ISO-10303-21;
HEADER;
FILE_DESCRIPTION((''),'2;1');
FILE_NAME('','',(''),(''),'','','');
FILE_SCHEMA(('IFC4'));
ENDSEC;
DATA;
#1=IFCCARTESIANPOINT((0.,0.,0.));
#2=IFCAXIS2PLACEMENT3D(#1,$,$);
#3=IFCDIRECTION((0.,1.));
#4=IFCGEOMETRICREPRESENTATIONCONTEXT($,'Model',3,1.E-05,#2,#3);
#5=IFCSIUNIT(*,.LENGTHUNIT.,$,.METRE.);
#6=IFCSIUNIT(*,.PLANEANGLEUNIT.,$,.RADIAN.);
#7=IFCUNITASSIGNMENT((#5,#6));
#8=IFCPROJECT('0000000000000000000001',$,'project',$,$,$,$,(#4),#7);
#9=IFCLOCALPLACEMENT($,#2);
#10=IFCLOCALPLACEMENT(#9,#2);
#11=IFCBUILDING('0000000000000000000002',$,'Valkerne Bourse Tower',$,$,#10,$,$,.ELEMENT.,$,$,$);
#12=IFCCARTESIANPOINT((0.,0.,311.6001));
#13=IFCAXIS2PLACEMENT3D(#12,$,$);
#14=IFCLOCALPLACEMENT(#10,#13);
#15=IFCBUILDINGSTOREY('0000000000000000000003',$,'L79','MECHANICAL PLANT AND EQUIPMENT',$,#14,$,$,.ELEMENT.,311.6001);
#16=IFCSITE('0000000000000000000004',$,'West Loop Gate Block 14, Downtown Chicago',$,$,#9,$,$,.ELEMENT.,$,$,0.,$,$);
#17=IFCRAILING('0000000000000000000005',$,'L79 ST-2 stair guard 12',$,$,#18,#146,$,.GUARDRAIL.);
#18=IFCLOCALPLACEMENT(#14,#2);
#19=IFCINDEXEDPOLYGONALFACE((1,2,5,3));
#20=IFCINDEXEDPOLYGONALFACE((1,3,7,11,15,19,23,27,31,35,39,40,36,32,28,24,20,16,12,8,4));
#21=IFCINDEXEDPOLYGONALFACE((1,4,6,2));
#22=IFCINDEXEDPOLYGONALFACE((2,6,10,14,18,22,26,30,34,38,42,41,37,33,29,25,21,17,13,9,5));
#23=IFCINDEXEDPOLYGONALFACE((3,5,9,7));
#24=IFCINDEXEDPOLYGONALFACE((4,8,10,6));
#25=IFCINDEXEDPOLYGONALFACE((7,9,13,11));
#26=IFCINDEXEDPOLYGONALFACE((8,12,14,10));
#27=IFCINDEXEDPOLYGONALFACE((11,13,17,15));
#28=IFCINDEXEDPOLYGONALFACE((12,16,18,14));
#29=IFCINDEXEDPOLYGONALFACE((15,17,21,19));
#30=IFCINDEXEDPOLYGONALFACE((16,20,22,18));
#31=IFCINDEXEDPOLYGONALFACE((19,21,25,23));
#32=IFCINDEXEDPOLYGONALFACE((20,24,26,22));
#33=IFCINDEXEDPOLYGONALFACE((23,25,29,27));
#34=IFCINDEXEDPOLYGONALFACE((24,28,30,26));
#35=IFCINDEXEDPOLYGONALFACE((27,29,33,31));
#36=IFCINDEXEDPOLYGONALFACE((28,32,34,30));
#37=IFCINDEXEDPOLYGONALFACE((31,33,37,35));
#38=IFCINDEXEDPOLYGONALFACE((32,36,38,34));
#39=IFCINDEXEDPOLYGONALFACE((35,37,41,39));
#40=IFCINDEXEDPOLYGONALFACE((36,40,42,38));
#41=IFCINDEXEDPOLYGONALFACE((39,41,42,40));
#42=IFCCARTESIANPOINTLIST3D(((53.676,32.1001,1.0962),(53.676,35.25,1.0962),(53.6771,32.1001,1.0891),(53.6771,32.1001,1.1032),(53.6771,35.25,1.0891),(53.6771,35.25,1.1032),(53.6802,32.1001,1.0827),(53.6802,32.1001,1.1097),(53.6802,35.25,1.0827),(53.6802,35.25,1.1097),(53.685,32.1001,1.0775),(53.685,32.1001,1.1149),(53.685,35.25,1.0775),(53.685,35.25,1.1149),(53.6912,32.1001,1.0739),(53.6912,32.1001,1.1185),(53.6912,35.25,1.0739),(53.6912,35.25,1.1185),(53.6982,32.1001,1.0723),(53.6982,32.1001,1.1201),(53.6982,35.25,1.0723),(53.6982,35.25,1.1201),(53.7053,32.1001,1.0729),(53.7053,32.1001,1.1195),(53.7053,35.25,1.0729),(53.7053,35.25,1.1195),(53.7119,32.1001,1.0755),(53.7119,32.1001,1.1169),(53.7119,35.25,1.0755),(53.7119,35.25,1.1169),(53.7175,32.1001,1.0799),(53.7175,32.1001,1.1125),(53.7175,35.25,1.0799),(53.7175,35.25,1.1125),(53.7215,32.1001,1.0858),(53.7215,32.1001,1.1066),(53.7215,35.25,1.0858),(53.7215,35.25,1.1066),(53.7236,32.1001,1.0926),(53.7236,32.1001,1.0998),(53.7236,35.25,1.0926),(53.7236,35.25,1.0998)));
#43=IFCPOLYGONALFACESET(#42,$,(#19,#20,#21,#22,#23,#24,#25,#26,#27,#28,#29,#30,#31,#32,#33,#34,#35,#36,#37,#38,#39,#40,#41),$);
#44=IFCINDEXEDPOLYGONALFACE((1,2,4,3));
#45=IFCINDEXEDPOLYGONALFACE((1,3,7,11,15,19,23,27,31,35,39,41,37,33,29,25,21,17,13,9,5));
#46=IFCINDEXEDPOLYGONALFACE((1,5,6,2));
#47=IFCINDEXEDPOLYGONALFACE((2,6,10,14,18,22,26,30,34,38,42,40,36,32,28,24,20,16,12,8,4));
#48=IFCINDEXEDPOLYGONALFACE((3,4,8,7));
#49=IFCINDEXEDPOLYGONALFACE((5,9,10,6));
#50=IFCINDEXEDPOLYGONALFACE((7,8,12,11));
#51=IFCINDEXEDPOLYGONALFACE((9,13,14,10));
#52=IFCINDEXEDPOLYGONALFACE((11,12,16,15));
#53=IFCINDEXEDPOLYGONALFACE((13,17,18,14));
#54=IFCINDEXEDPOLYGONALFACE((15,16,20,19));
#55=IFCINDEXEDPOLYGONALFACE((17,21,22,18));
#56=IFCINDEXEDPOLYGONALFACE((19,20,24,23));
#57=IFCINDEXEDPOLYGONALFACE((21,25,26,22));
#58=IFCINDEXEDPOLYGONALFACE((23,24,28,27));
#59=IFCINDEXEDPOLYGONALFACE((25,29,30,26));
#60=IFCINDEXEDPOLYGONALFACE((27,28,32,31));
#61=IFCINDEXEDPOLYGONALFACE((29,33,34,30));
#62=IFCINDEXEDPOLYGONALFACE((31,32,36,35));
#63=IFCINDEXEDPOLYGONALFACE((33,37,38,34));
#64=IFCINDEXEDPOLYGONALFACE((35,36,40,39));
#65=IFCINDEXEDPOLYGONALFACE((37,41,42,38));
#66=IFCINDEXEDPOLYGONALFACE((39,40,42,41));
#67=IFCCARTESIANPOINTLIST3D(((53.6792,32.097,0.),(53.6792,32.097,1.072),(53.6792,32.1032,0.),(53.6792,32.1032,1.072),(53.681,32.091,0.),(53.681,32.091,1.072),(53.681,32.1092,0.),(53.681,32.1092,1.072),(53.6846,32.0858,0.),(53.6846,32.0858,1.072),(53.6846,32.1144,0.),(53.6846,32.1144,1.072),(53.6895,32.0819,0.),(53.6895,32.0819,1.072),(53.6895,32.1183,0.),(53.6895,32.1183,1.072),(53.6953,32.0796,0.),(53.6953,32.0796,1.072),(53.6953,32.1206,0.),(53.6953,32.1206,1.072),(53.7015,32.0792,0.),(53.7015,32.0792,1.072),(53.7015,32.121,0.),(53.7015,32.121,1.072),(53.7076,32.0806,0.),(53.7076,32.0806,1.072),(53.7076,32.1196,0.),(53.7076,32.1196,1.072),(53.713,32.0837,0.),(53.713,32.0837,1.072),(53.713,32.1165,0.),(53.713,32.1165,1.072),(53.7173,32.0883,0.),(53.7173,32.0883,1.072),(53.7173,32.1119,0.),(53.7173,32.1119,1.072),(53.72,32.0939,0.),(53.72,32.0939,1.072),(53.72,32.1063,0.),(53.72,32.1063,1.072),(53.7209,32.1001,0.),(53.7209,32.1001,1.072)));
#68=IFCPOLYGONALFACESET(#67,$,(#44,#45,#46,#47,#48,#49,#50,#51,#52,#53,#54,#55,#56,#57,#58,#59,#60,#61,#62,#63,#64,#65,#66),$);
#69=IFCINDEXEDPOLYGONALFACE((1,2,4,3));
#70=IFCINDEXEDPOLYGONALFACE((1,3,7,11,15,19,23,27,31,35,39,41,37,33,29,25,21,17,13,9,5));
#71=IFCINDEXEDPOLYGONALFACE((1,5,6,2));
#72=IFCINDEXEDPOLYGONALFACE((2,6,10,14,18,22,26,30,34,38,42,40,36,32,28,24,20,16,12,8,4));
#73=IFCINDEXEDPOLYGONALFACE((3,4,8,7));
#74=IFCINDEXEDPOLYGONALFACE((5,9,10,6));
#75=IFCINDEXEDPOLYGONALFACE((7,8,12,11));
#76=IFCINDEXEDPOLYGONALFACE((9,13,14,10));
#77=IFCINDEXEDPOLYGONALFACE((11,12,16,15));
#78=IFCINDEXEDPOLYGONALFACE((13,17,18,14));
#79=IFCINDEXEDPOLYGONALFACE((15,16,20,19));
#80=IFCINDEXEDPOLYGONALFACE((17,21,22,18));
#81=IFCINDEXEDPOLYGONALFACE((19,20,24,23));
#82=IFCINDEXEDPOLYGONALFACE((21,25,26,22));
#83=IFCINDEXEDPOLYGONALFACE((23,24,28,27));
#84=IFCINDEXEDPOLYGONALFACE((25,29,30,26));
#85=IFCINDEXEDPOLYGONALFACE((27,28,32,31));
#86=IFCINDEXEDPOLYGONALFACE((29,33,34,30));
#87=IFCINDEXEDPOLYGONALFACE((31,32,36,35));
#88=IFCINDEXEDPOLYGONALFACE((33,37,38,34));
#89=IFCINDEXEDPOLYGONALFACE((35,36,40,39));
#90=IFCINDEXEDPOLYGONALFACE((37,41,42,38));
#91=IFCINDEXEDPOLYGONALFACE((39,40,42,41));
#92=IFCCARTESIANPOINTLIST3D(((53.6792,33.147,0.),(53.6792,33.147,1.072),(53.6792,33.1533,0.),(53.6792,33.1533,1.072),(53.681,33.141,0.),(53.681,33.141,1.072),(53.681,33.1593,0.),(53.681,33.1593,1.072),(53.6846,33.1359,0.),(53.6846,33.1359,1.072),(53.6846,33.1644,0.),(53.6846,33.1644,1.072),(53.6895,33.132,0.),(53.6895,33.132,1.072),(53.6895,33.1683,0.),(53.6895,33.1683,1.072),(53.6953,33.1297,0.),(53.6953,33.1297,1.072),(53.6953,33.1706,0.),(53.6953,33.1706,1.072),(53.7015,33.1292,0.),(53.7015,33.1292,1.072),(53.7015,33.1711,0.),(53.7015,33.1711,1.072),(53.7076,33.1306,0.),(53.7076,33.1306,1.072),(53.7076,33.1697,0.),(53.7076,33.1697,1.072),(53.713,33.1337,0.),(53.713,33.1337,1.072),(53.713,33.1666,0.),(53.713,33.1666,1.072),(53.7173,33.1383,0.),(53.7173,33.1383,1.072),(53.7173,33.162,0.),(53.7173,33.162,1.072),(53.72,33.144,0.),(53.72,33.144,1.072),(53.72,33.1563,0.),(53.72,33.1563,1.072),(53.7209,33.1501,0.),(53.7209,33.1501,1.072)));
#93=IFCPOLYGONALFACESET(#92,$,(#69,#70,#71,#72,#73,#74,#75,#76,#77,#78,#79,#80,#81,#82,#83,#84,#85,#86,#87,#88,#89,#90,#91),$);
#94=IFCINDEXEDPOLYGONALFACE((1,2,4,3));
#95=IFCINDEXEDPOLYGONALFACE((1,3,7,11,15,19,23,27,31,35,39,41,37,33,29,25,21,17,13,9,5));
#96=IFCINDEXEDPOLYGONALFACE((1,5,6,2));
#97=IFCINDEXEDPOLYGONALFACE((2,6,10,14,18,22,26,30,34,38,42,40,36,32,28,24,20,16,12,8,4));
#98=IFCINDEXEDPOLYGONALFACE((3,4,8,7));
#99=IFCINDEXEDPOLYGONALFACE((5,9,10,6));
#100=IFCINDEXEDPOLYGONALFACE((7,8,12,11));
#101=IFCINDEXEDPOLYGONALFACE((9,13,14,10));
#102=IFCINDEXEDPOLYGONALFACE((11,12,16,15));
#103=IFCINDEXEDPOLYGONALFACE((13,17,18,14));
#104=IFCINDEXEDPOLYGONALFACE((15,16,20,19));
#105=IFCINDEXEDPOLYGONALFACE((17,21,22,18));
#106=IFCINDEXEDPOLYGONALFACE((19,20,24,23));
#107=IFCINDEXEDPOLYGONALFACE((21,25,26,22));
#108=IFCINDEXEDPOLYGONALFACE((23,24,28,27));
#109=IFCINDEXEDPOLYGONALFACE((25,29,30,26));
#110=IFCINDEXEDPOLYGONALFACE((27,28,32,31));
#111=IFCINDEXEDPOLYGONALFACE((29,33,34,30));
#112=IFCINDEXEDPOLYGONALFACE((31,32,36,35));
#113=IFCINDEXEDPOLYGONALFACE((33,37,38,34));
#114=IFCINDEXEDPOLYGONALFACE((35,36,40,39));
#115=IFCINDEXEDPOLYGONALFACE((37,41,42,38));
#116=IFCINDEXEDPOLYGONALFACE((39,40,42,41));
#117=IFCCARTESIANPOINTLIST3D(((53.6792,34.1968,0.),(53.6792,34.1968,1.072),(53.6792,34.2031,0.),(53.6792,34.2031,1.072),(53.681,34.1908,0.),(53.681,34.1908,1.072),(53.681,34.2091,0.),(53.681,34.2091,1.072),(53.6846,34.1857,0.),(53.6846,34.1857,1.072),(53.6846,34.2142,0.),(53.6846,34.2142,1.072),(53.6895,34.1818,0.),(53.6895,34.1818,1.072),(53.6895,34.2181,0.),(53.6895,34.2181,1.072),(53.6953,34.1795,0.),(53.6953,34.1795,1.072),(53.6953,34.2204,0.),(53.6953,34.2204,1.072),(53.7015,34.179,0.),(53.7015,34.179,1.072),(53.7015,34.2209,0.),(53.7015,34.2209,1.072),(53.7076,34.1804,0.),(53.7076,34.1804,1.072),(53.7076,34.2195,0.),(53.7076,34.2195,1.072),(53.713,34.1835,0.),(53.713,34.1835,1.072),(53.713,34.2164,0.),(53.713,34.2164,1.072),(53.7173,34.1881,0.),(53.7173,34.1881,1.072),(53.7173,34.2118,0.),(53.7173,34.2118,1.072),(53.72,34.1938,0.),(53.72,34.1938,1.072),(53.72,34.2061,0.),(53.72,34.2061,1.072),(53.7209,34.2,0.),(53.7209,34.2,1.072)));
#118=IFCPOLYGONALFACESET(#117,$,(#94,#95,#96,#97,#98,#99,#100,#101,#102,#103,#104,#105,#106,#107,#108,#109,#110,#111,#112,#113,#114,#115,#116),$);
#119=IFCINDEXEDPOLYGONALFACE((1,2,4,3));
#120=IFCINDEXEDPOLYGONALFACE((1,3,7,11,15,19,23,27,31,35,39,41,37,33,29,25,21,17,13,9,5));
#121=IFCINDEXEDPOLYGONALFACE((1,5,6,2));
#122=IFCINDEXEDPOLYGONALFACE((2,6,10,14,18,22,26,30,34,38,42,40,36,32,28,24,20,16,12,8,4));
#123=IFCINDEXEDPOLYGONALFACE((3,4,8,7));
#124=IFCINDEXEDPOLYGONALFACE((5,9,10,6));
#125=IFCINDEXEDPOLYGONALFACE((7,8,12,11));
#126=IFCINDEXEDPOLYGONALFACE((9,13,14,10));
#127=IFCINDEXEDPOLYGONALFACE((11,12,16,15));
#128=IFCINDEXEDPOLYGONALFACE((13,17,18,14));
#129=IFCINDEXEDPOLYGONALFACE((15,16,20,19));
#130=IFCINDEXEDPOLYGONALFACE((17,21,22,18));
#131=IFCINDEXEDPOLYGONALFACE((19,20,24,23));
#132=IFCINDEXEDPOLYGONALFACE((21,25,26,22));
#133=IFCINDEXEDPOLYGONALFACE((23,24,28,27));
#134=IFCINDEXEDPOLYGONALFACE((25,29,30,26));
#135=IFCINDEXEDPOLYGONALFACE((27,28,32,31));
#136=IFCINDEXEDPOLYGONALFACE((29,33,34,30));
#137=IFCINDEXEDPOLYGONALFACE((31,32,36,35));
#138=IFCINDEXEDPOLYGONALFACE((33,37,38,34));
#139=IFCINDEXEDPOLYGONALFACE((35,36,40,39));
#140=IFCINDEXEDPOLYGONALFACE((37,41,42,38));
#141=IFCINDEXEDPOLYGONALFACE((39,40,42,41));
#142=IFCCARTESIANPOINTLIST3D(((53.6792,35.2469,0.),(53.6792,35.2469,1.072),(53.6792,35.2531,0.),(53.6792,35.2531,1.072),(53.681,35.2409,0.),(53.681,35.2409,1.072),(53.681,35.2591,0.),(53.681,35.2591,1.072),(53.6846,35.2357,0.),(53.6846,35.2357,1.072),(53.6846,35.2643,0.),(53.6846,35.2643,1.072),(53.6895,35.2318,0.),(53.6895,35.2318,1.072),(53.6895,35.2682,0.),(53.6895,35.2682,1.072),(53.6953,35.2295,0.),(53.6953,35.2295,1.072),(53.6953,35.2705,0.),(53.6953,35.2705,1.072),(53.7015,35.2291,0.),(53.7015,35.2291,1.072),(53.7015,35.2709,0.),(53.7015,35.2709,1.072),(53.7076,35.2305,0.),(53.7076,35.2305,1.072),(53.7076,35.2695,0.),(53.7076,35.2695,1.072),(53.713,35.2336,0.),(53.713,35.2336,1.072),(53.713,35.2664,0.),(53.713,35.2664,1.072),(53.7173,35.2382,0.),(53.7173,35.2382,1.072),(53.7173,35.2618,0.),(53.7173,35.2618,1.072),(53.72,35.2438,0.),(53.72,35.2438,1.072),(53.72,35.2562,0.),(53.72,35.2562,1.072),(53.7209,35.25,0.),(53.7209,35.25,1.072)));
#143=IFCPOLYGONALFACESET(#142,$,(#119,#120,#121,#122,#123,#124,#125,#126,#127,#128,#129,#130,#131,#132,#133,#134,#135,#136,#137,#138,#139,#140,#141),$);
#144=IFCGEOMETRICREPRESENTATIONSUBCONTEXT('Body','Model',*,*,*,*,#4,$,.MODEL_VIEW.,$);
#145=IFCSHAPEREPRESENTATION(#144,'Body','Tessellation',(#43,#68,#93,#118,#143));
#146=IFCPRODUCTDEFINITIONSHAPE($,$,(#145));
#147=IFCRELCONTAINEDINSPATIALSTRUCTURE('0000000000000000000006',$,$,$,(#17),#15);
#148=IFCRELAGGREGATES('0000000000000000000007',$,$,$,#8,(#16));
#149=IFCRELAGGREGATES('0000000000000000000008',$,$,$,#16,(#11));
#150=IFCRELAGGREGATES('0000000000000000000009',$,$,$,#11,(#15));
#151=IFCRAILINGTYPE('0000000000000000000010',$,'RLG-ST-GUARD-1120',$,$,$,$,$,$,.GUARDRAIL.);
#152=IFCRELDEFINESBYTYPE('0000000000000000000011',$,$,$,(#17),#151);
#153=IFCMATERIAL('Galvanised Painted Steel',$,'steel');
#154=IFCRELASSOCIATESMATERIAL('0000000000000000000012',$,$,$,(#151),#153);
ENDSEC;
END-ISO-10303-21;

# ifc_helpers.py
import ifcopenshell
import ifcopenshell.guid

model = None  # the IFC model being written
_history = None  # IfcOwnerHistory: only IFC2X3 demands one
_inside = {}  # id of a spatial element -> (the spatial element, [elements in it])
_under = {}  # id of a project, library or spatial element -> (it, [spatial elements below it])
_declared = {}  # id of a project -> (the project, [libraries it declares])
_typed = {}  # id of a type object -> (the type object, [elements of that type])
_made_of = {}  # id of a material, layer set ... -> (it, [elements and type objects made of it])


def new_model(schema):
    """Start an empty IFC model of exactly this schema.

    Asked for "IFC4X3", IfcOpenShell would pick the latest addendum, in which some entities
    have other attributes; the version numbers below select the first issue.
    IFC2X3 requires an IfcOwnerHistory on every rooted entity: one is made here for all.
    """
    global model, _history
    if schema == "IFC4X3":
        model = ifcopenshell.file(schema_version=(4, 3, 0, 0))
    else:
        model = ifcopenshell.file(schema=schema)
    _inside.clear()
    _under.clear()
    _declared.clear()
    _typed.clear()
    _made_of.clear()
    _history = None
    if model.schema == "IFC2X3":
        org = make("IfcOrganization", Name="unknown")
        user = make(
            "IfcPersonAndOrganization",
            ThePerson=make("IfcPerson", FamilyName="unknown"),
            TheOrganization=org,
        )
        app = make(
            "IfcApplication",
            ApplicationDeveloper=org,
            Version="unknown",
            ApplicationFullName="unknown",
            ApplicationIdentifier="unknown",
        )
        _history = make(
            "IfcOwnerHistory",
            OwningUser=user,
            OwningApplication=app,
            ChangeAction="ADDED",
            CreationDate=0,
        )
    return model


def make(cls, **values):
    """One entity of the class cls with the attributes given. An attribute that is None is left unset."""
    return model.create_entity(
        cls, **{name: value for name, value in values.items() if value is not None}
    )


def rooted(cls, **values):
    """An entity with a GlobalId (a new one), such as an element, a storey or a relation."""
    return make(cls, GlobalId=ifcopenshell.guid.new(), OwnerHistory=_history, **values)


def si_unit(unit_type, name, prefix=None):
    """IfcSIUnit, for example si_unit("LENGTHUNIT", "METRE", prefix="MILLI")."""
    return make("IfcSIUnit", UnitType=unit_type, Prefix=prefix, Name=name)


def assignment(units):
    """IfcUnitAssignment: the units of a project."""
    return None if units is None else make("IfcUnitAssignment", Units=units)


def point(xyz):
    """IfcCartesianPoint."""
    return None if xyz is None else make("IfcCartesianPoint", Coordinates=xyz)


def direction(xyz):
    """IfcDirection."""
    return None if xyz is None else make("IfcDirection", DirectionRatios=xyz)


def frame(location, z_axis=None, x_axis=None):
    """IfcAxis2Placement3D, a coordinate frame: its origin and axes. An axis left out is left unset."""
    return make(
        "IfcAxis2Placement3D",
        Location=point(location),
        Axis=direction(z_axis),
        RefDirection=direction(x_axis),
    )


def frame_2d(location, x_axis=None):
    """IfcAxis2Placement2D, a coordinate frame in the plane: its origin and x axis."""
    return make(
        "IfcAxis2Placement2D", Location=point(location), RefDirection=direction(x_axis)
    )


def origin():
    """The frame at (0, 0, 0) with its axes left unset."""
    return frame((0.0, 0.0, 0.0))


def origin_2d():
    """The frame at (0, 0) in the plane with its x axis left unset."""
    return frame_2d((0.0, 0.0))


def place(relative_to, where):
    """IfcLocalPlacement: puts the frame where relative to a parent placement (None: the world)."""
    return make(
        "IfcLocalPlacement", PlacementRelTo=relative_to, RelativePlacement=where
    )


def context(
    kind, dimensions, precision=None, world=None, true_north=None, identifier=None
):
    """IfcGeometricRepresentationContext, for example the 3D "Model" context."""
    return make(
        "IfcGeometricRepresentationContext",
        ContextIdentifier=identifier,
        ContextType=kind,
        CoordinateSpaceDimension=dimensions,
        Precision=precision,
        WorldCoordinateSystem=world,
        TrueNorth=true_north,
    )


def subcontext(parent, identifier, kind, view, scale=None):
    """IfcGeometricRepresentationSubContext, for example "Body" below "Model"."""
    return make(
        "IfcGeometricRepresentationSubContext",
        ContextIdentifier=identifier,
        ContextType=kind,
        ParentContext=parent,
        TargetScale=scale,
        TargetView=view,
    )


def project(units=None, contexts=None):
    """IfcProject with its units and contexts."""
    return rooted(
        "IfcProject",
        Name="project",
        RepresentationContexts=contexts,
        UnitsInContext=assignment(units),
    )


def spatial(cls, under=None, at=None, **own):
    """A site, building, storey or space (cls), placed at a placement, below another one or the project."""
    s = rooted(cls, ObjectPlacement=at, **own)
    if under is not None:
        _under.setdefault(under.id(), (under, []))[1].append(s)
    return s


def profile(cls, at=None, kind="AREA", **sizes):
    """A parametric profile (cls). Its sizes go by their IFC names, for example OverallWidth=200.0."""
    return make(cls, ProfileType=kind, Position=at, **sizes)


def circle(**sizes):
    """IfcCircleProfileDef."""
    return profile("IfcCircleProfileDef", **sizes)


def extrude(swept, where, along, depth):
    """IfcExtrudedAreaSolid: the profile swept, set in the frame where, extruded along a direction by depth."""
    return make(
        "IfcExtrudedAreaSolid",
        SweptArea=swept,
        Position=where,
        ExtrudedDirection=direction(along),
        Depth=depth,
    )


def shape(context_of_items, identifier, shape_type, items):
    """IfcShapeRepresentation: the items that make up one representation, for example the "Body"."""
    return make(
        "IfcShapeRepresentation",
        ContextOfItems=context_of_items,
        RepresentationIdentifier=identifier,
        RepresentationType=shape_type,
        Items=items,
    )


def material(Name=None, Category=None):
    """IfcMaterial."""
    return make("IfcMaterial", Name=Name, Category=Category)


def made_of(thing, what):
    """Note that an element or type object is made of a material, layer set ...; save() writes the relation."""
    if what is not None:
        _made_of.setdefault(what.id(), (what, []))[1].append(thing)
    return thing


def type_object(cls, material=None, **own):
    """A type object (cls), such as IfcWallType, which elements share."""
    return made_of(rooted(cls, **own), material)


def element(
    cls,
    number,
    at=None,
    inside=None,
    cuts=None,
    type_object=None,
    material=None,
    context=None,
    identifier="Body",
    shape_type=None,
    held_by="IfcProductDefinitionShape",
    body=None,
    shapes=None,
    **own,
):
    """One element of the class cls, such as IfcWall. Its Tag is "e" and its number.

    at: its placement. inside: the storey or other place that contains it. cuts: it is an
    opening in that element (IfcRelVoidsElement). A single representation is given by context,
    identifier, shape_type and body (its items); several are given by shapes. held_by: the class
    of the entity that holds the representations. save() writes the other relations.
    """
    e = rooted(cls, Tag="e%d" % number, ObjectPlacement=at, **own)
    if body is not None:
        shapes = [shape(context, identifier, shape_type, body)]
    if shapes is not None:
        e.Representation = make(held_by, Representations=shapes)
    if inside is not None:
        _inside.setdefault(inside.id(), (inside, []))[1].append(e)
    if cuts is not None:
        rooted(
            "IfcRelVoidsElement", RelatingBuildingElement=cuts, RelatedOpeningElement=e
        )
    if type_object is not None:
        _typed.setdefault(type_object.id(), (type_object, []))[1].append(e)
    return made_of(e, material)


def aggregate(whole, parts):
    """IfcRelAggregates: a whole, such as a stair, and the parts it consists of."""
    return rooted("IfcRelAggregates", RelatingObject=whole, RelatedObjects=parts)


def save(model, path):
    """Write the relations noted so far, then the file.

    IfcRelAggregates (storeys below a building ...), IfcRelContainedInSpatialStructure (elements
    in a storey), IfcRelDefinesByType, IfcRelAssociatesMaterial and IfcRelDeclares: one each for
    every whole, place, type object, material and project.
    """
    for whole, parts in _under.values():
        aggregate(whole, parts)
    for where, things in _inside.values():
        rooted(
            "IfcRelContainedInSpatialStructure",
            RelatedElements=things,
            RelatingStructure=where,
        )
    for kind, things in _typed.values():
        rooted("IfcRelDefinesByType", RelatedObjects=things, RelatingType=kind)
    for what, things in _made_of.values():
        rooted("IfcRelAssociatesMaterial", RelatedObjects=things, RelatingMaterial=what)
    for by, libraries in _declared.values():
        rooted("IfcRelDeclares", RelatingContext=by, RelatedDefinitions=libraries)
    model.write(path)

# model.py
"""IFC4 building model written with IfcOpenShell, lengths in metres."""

from ifc_helpers import new_model, si_unit, direction, frame, origin, origin_2d, place, context, subcontext, project, spatial, circle, extrude, material, type_object, element, save


model = new_model("IFC4")

# Units and contexts
model_context = context("Model", 3, precision=1e-05, world=origin(), true_north=direction((0.0, 1.0)))
body_context = subcontext(model_context, "Body", "Model", "MODEL_VIEW")
ifc_project = project(units=[si_unit("LENGTHUNIT", "METRE"), si_unit("PLANEANGLEUNIT", "RADIAN")], contexts=[model_context])

# Site, building, storey
site_placement = place(None, origin())
site = spatial("IfcSite", under=ifc_project, at=site_placement, Name="West Loop Gate Block 14, Downtown Chicago", CompositionType="ELEMENT", RefElevation=0.0)
building_placement = place(site_placement, origin())
building = spatial("IfcBuilding", under=site, at=building_placement, Name="Valkerne Bourse Tower", CompositionType="ELEMENT")
storey_placement = place(building_placement, frame((0.0, 0.0, 311.6001)))
storey = spatial("IfcBuildingStorey", under=building, at=storey_placement, Name="L79", Description="MECHANICAL PLANT AND EQUIPMENT", CompositionType="ELEMENT", Elevation=311.6001)

# Railing
ifc_material_1 = material(Name="Galvanised Painted Steel", Category="steel")
railing_type = type_object("IfcRailingType", Name="RLG-ST-GUARD-1120", PredefinedType="GUARDRAIL", material=ifc_material_1)
railing_1_placement = place(storey_placement, frame((53.7, 32.1001, 0.0)))
element("IfcRailing", 1, at=railing_1_placement, inside=storey, type_object=railing_type, Name="L79 ST-2 stair guard 12", PredefinedType="GUARDRAIL", context=body_context, shape_type="SweptSolid", body=[
    extrude(circle(Radius=0.0239, at=origin_2d()), frame((0.0, 0.0, 1.0962), z_axis=(0.0, 1.0, 0.0), x_axis=(-1.0, 0.0, 0.0)), (0.0, 0.0, 1.0), 3.1499),
    extrude(circle(Radius=0.021, at=origin_2d()), origin(), (0.0, 0.0, 1.0), 1.072),
    extrude(circle(Radius=0.021, at=origin_2d()), frame((0.0, 1.05, 0.0)), (0.0, 0.0, 1.0), 1.072),
    extrude(circle(Radius=0.021, at=origin_2d()), frame((0.0, 2.0999, 0.0)), (0.0, 0.0, 1.0), 1.072),
    extrude(circle(Radius=0.021, at=origin_2d()), frame((0.0, 3.1499, 0.0)), (0.0, 0.0, 1.0), 1.072),
])

save(model, "model.ifc")
